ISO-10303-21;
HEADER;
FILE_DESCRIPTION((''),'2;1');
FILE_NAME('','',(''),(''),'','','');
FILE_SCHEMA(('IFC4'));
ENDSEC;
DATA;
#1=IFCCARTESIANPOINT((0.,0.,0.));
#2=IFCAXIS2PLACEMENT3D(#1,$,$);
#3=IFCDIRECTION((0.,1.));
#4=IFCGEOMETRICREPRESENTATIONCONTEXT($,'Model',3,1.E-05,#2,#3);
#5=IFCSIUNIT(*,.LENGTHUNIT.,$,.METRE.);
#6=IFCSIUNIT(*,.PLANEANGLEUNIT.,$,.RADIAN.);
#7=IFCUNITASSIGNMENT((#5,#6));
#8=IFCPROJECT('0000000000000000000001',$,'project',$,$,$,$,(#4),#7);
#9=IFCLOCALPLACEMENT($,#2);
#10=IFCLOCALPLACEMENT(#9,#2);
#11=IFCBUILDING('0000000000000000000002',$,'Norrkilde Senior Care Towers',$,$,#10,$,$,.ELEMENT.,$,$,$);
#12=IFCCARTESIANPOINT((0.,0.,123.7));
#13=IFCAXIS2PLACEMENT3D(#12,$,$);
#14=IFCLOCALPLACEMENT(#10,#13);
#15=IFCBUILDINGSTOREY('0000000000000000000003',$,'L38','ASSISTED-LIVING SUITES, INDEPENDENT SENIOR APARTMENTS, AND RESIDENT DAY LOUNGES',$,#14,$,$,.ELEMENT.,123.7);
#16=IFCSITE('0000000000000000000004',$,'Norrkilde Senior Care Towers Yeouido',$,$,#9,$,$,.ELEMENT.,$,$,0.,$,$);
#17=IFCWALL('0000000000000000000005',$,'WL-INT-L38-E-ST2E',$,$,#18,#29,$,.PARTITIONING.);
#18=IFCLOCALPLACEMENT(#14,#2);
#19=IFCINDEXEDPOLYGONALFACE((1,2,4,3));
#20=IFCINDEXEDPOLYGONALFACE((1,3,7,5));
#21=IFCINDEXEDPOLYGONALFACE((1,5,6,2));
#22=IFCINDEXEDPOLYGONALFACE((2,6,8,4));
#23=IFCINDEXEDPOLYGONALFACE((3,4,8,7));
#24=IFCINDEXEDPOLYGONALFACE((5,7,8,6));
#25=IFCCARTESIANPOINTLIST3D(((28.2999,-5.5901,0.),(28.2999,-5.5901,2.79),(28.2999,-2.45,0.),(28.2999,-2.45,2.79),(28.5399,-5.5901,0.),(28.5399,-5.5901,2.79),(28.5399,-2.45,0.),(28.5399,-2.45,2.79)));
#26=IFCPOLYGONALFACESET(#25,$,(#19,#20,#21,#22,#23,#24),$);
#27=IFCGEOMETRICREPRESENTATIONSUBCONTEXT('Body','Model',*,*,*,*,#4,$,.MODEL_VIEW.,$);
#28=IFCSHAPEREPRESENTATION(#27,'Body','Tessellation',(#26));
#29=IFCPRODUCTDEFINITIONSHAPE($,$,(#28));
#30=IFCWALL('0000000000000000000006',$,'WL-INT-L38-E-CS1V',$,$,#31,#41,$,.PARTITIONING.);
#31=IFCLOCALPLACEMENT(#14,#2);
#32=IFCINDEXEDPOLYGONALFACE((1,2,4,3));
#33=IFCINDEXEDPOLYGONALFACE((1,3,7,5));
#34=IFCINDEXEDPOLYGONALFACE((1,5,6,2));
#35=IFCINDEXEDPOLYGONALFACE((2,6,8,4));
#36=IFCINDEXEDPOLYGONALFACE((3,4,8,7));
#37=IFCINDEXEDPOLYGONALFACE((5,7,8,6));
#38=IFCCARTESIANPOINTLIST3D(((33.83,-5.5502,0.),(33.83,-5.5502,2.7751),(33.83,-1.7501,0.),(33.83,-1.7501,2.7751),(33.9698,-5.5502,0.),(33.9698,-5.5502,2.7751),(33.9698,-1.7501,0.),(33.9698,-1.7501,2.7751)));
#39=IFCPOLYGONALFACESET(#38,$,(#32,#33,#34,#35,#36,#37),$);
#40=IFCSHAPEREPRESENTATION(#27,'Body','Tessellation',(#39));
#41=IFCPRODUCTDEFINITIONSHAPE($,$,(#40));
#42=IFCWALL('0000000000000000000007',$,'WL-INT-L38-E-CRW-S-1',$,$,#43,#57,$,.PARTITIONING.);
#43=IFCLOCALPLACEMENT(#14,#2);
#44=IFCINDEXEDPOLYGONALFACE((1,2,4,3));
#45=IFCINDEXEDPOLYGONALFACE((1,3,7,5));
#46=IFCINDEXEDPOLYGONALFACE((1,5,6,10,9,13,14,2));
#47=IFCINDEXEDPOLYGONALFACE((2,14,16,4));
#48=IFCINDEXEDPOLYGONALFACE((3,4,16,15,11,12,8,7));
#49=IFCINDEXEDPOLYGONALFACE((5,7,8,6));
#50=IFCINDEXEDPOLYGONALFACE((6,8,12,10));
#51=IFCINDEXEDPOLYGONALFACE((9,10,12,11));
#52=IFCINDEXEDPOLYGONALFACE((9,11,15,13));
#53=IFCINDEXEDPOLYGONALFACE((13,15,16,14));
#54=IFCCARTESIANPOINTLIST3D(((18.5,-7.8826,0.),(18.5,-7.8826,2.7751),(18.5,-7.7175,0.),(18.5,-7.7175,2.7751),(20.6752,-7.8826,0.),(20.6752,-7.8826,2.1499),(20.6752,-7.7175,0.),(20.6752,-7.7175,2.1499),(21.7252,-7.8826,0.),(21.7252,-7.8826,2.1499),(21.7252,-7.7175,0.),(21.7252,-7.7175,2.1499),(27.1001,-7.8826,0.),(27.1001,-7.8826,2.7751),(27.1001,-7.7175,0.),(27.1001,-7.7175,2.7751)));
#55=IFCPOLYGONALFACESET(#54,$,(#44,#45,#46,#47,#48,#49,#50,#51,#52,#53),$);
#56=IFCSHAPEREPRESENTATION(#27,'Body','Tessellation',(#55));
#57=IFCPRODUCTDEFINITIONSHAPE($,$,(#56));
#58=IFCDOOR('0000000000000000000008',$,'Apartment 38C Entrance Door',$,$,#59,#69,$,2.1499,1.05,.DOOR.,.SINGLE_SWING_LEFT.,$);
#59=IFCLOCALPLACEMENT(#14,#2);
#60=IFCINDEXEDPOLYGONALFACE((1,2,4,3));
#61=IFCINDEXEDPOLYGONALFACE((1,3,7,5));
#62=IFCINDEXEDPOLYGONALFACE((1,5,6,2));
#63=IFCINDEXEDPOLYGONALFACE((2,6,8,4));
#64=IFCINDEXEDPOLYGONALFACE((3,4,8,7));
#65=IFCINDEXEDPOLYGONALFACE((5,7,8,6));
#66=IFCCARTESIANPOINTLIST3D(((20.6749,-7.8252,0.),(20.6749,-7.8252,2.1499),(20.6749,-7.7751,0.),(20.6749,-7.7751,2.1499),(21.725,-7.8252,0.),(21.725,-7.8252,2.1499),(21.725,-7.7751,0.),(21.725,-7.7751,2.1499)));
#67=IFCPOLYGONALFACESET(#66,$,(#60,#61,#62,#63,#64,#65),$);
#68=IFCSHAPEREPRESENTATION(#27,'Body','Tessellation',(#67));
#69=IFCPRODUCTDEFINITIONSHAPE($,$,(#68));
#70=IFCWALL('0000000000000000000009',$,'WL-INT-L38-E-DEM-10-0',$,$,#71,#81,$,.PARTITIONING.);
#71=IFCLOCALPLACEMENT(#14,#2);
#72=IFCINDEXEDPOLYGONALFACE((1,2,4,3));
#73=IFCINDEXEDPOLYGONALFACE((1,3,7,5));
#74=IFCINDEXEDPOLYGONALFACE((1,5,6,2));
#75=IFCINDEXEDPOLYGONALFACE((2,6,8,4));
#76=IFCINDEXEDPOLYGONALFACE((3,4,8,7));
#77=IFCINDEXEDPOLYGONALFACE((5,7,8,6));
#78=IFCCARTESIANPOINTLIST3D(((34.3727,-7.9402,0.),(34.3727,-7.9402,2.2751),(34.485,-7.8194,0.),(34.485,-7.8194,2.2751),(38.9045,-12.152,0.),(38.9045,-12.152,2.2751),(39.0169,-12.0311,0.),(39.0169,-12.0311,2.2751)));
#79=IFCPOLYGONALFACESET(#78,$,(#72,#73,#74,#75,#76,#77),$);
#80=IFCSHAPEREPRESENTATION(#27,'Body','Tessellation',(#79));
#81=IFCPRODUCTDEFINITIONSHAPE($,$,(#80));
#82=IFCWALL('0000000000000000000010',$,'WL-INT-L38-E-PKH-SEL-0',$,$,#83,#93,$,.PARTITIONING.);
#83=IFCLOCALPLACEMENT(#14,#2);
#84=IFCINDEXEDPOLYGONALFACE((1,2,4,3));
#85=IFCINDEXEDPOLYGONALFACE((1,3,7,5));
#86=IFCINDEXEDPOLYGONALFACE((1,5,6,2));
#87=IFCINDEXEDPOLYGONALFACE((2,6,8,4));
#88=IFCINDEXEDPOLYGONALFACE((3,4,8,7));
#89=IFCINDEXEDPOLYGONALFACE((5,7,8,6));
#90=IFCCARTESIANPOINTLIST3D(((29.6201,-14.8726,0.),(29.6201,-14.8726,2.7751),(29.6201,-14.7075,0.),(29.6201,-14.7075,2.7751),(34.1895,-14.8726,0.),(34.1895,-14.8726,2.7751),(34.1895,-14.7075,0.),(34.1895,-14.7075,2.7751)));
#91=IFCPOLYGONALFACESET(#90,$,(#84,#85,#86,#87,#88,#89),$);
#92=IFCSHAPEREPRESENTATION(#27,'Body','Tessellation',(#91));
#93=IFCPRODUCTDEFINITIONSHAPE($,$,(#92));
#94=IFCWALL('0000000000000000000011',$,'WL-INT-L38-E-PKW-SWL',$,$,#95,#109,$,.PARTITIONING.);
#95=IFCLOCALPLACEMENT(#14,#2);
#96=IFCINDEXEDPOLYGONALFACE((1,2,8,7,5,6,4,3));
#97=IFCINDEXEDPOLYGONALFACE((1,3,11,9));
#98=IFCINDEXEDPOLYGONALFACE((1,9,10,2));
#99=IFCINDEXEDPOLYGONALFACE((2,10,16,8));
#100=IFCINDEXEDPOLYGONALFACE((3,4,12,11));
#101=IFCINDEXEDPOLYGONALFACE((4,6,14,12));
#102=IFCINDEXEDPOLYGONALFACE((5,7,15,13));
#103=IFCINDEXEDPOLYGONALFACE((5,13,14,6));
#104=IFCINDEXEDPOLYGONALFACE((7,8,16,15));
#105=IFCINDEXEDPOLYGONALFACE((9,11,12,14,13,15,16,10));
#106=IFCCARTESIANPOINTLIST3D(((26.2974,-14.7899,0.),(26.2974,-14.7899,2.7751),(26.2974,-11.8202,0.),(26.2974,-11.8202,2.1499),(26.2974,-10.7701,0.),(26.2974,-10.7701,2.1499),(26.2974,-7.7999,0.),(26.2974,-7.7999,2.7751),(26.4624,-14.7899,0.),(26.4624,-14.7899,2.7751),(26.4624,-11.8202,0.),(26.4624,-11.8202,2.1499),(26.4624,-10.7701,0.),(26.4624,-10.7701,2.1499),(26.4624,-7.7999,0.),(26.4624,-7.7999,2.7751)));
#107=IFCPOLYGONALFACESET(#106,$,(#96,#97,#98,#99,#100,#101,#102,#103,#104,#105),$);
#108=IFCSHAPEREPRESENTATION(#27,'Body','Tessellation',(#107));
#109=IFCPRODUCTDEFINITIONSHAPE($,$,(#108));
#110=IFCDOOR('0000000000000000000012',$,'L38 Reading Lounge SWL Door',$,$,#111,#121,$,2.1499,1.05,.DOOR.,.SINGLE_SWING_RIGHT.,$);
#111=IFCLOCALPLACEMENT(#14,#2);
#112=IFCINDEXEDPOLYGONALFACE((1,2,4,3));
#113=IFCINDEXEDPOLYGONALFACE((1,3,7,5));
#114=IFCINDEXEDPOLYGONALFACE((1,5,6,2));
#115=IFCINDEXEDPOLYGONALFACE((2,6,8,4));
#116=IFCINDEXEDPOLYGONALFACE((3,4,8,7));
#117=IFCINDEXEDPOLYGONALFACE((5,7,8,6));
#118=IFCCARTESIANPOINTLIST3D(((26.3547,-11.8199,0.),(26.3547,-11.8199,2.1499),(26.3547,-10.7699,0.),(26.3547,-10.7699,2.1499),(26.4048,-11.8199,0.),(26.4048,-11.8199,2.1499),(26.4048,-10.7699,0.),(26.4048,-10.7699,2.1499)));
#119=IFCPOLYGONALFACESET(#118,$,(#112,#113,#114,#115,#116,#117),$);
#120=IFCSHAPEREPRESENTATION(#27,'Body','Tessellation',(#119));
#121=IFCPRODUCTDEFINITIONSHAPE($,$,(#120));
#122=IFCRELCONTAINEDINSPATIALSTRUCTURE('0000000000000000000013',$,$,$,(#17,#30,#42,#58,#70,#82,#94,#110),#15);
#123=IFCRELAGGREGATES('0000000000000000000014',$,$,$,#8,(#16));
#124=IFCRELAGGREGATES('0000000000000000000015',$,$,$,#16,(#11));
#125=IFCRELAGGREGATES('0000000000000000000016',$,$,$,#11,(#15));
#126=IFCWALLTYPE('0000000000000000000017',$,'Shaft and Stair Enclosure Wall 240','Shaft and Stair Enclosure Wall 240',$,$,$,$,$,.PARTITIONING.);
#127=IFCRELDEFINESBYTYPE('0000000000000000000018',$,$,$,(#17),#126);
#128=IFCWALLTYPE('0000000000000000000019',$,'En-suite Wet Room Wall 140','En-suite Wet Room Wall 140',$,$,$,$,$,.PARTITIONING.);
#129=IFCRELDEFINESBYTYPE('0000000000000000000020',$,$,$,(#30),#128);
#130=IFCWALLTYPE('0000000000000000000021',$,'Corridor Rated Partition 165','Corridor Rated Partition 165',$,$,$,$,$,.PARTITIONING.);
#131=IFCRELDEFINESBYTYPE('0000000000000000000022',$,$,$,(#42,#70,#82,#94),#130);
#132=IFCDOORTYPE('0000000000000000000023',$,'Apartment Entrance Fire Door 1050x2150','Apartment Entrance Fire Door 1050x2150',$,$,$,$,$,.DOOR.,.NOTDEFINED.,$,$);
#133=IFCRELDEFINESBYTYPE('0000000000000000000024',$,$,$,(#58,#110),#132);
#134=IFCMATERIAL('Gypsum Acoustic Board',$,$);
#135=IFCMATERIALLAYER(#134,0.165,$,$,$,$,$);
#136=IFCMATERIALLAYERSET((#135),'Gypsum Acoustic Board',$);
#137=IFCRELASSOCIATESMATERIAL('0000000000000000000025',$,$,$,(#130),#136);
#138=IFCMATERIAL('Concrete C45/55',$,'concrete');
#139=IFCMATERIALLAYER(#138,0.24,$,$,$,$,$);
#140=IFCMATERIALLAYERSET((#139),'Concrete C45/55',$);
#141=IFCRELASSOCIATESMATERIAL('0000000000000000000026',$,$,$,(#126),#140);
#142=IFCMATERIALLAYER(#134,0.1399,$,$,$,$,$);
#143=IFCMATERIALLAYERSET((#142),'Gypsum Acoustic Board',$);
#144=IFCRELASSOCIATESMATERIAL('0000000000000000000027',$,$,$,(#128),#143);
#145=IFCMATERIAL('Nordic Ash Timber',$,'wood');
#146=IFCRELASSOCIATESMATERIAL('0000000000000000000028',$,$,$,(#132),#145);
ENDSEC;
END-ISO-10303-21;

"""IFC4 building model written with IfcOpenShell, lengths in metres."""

from ifc_helpers import new_model, si_unit, direction, frame, frame_2d, origin, place, context, subcontext, project, spatial, rectangle, extrude, source, transform, mapped, material, layer, layer_set, type_object, type_shapes, element, fill, save


model = new_model("IFC4")

# Units and contexts
model_context = context("Model", 3, precision=1e-05, world=origin(), true_north=direction((0.0, 1.0)))
body_context = subcontext(model_context, "Body", "Model", "MODEL_VIEW")
ifc_project = project(units=[si_unit("LENGTHUNIT", "METRE"), si_unit("PLANEANGLEUNIT", "RADIAN")], contexts=[model_context])

# Site, building, storey
site_placement = place(None, origin())
site = spatial("IfcSite", under=ifc_project, at=site_placement, Name="Norrkilde Senior Care Towers Yeouido", CompositionType="ELEMENT", RefElevation=0.0)
building_placement = place(site_placement, origin())
building = spatial("IfcBuilding", under=site, at=building_placement, Name="Norrkilde Senior Care Towers", CompositionType="ELEMENT")
storey_placement = place(building_placement, frame((0.0, 0.0, 123.7)))
storey = spatial("IfcBuildingStorey", under=building, at=storey_placement, Name="L38", Description="ASSISTED-LIVING SUITES, INDEPENDENT SENIOR APARTMENTS, AND RESIDENT DAY LOUNGES", CompositionType="ELEMENT", Elevation=123.7)

# Shared definitions
ifc_material_1 = material(Name="Concrete C45/55", Category="concrete")

# Shared definitions
ifc_material_2 = material(Name="Gypsum Acoustic Board")
ifc_layer_1 = layer(ifc_material_2, 0.165)
ifc_layer_set_1 = layer_set([ifc_layer_1], Name="Gypsum Acoustic Board")
wall_type_1 = type_object("IfcWallType", Name="Corridor Rated Partition 165", Description="Corridor Rated Partition 165", PredefinedType="PARTITIONING", material=ifc_layer_set_1)

# Walls
ifc_layer_2 = layer(ifc_material_1, 0.24)
ifc_layer_set_2 = layer_set([ifc_layer_2], Name="Concrete C45/55")
wall_type_2 = type_object("IfcWallType", Name="Shaft and Stair Enclosure Wall 240", Description="Shaft and Stair Enclosure Wall 240", PredefinedType="PARTITIONING", material=ifc_layer_set_2)
shared_shape_1 = source(origin(), body_context, "Body", "SweptSolid", [
    extrude(rectangle(XDim=3.1401, YDim=0.24, at=frame_2d((1.5701, 0.0))), origin(), (0.0, 0.0, 1.0), 2.79),
])
type_shapes(wall_type_2, [shared_shape_1])
wall_1_placement = place(storey_placement, frame((28.4199, -5.5901, 0.0), z_axis=(0.0, 0.0, 1.0), x_axis=(0.0, 1.0, 0.0)))
element("IfcWall", 1, at=wall_1_placement, inside=storey, type_object=wall_type_2, Name="WL-INT-L38-E-ST2E", PredefinedType="PARTITIONING", context=body_context, shape_type="MappedRepresentation", body=[
    mapped(shared_shape_1, transform((0.0, 0.0, 0.0), x_axis=(1.0, 0.0, 0.0), y_axis=(0.0, 1.0, 0.0), z_axis=(0.0, 0.0, 1.0), scale=1.0)),
])
ifc_layer_3 = layer(ifc_material_2, 0.1399)
ifc_layer_set_3 = layer_set([ifc_layer_3], Name="Gypsum Acoustic Board")
wall_type_3 = type_object("IfcWallType", Name="En-suite Wet Room Wall 140", Description="En-suite Wet Room Wall 140", PredefinedType="PARTITIONING", material=ifc_layer_set_3)
shared_shape_2 = source(origin(), body_context, "Body", "SweptSolid", [
    extrude(rectangle(XDim=3.8, YDim=0.1399, at=frame_2d((1.8999, 0.0))), origin(), (0.0, 0.0, 1.0), 2.7751),
])
type_shapes(wall_type_3, [shared_shape_2])
wall_2_placement = place(storey_placement, frame((33.8999, -5.55, 0.0), z_axis=(0.0, 0.0, 1.0), x_axis=(0.0, 1.0, 0.0)))
element("IfcWall", 2, at=wall_2_placement, inside=storey, type_object=wall_type_3, Name="WL-INT-L38-E-CS1V", PredefinedType="PARTITIONING", context=body_context, shape_type="MappedRepresentation", body=[
    mapped(shared_shape_2, transform((0.0, 0.0, 0.0), x_axis=(1.0, 0.0, 0.0), y_axis=(0.0, 1.0, 0.0), z_axis=(0.0, 0.0, 1.0), scale=1.0)),
])

# Wall, opening, door
shared_shape_3 = source(origin(), body_context, "Body", "SweptSolid", [
    extrude(rectangle(XDim=8.6001, YDim=0.165, at=frame_2d((4.3, 0.0))), origin(), (0.0, 0.0, 1.0), 2.7751),
])
wall_3_placement = place(storey_placement, frame((27.1001, -7.8, 0.0), z_axis=(0.0, 0.0, 1.0), x_axis=(-1.0, 0.0, 0.0)))
wall_3 = element("IfcWall", 3, at=wall_3_placement, inside=storey, type_object=wall_type_1, Name="WL-INT-L38-E-CRW-S-1", PredefinedType="PARTITIONING", context=body_context, shape_type="MappedRepresentation", body=[
    mapped(shared_shape_3, transform((0.0, 0.0, 0.0), x_axis=(1.0, 0.0, 0.0), y_axis=(0.0, 1.0, 0.0), z_axis=(0.0, 0.0, 1.0), scale=1.0)),
])
opening_1_placement = place(wall_3_placement, frame((5.375, 0.0, 0.0)))
opening_1 = element("IfcOpeningElement", 4, at=opening_1_placement, cuts=wall_3, PredefinedType="OPENING", context=body_context, shape_type="SweptSolid", body=[
    extrude(rectangle(XDim=1.05, YDim=2.1499, at=frame_2d((0.5249, 1.075))), frame((0.0, 0.0925, 0.0), z_axis=(0.0, -1.0, 0.0), x_axis=(1.0, 0.0, 0.0)), (0.0, 0.0, 1.0), 0.1851),
])
ifc_material_3 = material(Name="Nordic Ash Timber", Category="wood")
door_type_1 = type_object("IfcDoorType", Name="Apartment Entrance Fire Door 1050x2150", Description="Apartment Entrance Fire Door 1050x2150", OperationType="NOTDEFINED", PredefinedType="DOOR", material=ifc_material_3)
shared_shape_4 = source(origin(), body_context, "Body", "SweptSolid", [
    extrude(rectangle(XDim=1.05, YDim=2.1499, at=frame_2d((0.5249, 1.075))), frame((0.0, 0.0249, 0.0), z_axis=(0.0, -1.0, 0.0), x_axis=(1.0, 0.0, 0.0)), (0.0, 0.0, 1.0), 0.05),
])
type_shapes(door_type_1, [shared_shape_4])
door_1_placement = place(opening_1_placement, frame((1.05, 0.0, 0.0), z_axis=(0.0, 0.0, 1.0), x_axis=(-1.0, 0.0, 0.0)))
door_1 = element("IfcDoor", 5, at=door_1_placement, inside=storey, type_object=door_type_1, Name="Apartment 38C Entrance Door", OperationType="SINGLE_SWING_LEFT", OverallHeight=2.1499, OverallWidth=1.05, PredefinedType="DOOR", context=body_context, shape_type="MappedRepresentation", body=[
    mapped(shared_shape_4, transform((0.0, 0.0, 0.0), x_axis=(1.0, 0.0, 0.0), y_axis=(0.0, 1.0, 0.0), z_axis=(0.0, 0.0, 1.0), scale=1.0)),
])
fill(opening_1, door_1)

# Wall
shared_shape_5 = source(origin(), body_context, "Body", "SweptSolid", [
    extrude(rectangle(XDim=6.1868, YDim=0.165, at=frame_2d((3.0933, 0.0))), origin(), (0.0, 0.0, 1.0), 2.2751),
])
wall_4_placement = place(storey_placement, frame((34.429, -7.8799, 0.0), z_axis=(0.0, 0.0, 1.0), x_axis=(0.732501, -0.680766, 0.0)))
element("IfcWall", 6, at=wall_4_placement, inside=storey, type_object=wall_type_1, Name="WL-INT-L38-E-DEM-10-0", PredefinedType="PARTITIONING", context=body_context, shape_type="MappedRepresentation", body=[
    mapped(shared_shape_5, transform((0.0, 0.0, 0.0), x_axis=(1.0, 0.0, 0.0), y_axis=(0.0, 1.0, 0.0), z_axis=(0.0, 0.0, 1.0), scale=1.0)),
])

# Wall
shared_shape_6 = source(origin(), body_context, "Body", "SweptSolid", [
    extrude(rectangle(XDim=4.5693, YDim=0.165, at=frame_2d((2.2847, 0.0))), origin(), (0.0, 0.0, 1.0), 2.7751),
])
wall_5_placement = place(storey_placement, frame((29.6201, -14.79, 0.0), z_axis=(0.0, 0.0, 1.0), x_axis=(1.0, 0.0, 0.0)))
element("IfcWall", 7, at=wall_5_placement, inside=storey, type_object=wall_type_1, Name="WL-INT-L38-E-PKH-SEL-0", PredefinedType="PARTITIONING", context=body_context, shape_type="MappedRepresentation", body=[
    mapped(shared_shape_6, transform((0.0, 0.0, 0.0), x_axis=(1.0, 0.0, 0.0), y_axis=(0.0, 1.0, 0.0), z_axis=(0.0, 0.0, 1.0), scale=1.0)),
])

# Wall, opening, door
shared_shape_7 = source(origin(), body_context, "Body", "SweptSolid", [
    extrude(rectangle(XDim=6.99, YDim=0.165, at=frame_2d((3.4951, 0.0))), origin(), (0.0, 0.0, 1.0), 2.7751),
])
wall_6_placement = place(storey_placement, frame((26.3799, -14.79, 0.0), z_axis=(0.0, 0.0, 1.0), x_axis=(0.0, 1.0, 0.0)))
wall_6 = element("IfcWall", 8, at=wall_6_placement, inside=storey, type_object=wall_type_1, Name="WL-INT-L38-E-PKW-SWL", PredefinedType="PARTITIONING", context=body_context, shape_type="MappedRepresentation", body=[
    mapped(shared_shape_7, transform((0.0, 0.0, 0.0), x_axis=(1.0, 0.0, 0.0), y_axis=(0.0, 1.0, 0.0), z_axis=(0.0, 0.0, 1.0), scale=1.0)),
])
opening_2_placement = place(wall_6_placement, frame((2.97, 0.0, 0.0)))
opening_2 = element("IfcOpeningElement", 9, at=opening_2_placement, cuts=wall_6, PredefinedType="OPENING", context=body_context, shape_type="SweptSolid", body=[
    extrude(rectangle(XDim=1.05, YDim=2.1499, at=frame_2d((0.5249, 1.075))), frame((0.0, 0.0925, 0.0), z_axis=(0.0, -1.0, 0.0), x_axis=(1.0, 0.0, 0.0)), (0.0, 0.0, 1.0), 0.1851),
])
door_2_placement = place(opening_2_placement, frame((1.05, 0.0, 0.0), z_axis=(0.0, 0.0, 1.0), x_axis=(-1.0, 0.0, 0.0)))
door_2 = element("IfcDoor", 10, at=door_2_placement, inside=storey, type_object=door_type_1, Name="L38 Reading Lounge SWL Door", OperationType="SINGLE_SWING_RIGHT", OverallHeight=2.1499, OverallWidth=1.05, PredefinedType="DOOR", context=body_context, shape_type="MappedRepresentation", body=[
    mapped(shared_shape_4, transform((0.0, 0.0, 0.0), x_axis=(1.0, 0.0, 0.0), y_axis=(0.0, 1.0, 0.0), z_axis=(0.0, 0.0, 1.0), scale=1.0)),
])
fill(opening_2, door_2)

save(model, "model.ifc")
